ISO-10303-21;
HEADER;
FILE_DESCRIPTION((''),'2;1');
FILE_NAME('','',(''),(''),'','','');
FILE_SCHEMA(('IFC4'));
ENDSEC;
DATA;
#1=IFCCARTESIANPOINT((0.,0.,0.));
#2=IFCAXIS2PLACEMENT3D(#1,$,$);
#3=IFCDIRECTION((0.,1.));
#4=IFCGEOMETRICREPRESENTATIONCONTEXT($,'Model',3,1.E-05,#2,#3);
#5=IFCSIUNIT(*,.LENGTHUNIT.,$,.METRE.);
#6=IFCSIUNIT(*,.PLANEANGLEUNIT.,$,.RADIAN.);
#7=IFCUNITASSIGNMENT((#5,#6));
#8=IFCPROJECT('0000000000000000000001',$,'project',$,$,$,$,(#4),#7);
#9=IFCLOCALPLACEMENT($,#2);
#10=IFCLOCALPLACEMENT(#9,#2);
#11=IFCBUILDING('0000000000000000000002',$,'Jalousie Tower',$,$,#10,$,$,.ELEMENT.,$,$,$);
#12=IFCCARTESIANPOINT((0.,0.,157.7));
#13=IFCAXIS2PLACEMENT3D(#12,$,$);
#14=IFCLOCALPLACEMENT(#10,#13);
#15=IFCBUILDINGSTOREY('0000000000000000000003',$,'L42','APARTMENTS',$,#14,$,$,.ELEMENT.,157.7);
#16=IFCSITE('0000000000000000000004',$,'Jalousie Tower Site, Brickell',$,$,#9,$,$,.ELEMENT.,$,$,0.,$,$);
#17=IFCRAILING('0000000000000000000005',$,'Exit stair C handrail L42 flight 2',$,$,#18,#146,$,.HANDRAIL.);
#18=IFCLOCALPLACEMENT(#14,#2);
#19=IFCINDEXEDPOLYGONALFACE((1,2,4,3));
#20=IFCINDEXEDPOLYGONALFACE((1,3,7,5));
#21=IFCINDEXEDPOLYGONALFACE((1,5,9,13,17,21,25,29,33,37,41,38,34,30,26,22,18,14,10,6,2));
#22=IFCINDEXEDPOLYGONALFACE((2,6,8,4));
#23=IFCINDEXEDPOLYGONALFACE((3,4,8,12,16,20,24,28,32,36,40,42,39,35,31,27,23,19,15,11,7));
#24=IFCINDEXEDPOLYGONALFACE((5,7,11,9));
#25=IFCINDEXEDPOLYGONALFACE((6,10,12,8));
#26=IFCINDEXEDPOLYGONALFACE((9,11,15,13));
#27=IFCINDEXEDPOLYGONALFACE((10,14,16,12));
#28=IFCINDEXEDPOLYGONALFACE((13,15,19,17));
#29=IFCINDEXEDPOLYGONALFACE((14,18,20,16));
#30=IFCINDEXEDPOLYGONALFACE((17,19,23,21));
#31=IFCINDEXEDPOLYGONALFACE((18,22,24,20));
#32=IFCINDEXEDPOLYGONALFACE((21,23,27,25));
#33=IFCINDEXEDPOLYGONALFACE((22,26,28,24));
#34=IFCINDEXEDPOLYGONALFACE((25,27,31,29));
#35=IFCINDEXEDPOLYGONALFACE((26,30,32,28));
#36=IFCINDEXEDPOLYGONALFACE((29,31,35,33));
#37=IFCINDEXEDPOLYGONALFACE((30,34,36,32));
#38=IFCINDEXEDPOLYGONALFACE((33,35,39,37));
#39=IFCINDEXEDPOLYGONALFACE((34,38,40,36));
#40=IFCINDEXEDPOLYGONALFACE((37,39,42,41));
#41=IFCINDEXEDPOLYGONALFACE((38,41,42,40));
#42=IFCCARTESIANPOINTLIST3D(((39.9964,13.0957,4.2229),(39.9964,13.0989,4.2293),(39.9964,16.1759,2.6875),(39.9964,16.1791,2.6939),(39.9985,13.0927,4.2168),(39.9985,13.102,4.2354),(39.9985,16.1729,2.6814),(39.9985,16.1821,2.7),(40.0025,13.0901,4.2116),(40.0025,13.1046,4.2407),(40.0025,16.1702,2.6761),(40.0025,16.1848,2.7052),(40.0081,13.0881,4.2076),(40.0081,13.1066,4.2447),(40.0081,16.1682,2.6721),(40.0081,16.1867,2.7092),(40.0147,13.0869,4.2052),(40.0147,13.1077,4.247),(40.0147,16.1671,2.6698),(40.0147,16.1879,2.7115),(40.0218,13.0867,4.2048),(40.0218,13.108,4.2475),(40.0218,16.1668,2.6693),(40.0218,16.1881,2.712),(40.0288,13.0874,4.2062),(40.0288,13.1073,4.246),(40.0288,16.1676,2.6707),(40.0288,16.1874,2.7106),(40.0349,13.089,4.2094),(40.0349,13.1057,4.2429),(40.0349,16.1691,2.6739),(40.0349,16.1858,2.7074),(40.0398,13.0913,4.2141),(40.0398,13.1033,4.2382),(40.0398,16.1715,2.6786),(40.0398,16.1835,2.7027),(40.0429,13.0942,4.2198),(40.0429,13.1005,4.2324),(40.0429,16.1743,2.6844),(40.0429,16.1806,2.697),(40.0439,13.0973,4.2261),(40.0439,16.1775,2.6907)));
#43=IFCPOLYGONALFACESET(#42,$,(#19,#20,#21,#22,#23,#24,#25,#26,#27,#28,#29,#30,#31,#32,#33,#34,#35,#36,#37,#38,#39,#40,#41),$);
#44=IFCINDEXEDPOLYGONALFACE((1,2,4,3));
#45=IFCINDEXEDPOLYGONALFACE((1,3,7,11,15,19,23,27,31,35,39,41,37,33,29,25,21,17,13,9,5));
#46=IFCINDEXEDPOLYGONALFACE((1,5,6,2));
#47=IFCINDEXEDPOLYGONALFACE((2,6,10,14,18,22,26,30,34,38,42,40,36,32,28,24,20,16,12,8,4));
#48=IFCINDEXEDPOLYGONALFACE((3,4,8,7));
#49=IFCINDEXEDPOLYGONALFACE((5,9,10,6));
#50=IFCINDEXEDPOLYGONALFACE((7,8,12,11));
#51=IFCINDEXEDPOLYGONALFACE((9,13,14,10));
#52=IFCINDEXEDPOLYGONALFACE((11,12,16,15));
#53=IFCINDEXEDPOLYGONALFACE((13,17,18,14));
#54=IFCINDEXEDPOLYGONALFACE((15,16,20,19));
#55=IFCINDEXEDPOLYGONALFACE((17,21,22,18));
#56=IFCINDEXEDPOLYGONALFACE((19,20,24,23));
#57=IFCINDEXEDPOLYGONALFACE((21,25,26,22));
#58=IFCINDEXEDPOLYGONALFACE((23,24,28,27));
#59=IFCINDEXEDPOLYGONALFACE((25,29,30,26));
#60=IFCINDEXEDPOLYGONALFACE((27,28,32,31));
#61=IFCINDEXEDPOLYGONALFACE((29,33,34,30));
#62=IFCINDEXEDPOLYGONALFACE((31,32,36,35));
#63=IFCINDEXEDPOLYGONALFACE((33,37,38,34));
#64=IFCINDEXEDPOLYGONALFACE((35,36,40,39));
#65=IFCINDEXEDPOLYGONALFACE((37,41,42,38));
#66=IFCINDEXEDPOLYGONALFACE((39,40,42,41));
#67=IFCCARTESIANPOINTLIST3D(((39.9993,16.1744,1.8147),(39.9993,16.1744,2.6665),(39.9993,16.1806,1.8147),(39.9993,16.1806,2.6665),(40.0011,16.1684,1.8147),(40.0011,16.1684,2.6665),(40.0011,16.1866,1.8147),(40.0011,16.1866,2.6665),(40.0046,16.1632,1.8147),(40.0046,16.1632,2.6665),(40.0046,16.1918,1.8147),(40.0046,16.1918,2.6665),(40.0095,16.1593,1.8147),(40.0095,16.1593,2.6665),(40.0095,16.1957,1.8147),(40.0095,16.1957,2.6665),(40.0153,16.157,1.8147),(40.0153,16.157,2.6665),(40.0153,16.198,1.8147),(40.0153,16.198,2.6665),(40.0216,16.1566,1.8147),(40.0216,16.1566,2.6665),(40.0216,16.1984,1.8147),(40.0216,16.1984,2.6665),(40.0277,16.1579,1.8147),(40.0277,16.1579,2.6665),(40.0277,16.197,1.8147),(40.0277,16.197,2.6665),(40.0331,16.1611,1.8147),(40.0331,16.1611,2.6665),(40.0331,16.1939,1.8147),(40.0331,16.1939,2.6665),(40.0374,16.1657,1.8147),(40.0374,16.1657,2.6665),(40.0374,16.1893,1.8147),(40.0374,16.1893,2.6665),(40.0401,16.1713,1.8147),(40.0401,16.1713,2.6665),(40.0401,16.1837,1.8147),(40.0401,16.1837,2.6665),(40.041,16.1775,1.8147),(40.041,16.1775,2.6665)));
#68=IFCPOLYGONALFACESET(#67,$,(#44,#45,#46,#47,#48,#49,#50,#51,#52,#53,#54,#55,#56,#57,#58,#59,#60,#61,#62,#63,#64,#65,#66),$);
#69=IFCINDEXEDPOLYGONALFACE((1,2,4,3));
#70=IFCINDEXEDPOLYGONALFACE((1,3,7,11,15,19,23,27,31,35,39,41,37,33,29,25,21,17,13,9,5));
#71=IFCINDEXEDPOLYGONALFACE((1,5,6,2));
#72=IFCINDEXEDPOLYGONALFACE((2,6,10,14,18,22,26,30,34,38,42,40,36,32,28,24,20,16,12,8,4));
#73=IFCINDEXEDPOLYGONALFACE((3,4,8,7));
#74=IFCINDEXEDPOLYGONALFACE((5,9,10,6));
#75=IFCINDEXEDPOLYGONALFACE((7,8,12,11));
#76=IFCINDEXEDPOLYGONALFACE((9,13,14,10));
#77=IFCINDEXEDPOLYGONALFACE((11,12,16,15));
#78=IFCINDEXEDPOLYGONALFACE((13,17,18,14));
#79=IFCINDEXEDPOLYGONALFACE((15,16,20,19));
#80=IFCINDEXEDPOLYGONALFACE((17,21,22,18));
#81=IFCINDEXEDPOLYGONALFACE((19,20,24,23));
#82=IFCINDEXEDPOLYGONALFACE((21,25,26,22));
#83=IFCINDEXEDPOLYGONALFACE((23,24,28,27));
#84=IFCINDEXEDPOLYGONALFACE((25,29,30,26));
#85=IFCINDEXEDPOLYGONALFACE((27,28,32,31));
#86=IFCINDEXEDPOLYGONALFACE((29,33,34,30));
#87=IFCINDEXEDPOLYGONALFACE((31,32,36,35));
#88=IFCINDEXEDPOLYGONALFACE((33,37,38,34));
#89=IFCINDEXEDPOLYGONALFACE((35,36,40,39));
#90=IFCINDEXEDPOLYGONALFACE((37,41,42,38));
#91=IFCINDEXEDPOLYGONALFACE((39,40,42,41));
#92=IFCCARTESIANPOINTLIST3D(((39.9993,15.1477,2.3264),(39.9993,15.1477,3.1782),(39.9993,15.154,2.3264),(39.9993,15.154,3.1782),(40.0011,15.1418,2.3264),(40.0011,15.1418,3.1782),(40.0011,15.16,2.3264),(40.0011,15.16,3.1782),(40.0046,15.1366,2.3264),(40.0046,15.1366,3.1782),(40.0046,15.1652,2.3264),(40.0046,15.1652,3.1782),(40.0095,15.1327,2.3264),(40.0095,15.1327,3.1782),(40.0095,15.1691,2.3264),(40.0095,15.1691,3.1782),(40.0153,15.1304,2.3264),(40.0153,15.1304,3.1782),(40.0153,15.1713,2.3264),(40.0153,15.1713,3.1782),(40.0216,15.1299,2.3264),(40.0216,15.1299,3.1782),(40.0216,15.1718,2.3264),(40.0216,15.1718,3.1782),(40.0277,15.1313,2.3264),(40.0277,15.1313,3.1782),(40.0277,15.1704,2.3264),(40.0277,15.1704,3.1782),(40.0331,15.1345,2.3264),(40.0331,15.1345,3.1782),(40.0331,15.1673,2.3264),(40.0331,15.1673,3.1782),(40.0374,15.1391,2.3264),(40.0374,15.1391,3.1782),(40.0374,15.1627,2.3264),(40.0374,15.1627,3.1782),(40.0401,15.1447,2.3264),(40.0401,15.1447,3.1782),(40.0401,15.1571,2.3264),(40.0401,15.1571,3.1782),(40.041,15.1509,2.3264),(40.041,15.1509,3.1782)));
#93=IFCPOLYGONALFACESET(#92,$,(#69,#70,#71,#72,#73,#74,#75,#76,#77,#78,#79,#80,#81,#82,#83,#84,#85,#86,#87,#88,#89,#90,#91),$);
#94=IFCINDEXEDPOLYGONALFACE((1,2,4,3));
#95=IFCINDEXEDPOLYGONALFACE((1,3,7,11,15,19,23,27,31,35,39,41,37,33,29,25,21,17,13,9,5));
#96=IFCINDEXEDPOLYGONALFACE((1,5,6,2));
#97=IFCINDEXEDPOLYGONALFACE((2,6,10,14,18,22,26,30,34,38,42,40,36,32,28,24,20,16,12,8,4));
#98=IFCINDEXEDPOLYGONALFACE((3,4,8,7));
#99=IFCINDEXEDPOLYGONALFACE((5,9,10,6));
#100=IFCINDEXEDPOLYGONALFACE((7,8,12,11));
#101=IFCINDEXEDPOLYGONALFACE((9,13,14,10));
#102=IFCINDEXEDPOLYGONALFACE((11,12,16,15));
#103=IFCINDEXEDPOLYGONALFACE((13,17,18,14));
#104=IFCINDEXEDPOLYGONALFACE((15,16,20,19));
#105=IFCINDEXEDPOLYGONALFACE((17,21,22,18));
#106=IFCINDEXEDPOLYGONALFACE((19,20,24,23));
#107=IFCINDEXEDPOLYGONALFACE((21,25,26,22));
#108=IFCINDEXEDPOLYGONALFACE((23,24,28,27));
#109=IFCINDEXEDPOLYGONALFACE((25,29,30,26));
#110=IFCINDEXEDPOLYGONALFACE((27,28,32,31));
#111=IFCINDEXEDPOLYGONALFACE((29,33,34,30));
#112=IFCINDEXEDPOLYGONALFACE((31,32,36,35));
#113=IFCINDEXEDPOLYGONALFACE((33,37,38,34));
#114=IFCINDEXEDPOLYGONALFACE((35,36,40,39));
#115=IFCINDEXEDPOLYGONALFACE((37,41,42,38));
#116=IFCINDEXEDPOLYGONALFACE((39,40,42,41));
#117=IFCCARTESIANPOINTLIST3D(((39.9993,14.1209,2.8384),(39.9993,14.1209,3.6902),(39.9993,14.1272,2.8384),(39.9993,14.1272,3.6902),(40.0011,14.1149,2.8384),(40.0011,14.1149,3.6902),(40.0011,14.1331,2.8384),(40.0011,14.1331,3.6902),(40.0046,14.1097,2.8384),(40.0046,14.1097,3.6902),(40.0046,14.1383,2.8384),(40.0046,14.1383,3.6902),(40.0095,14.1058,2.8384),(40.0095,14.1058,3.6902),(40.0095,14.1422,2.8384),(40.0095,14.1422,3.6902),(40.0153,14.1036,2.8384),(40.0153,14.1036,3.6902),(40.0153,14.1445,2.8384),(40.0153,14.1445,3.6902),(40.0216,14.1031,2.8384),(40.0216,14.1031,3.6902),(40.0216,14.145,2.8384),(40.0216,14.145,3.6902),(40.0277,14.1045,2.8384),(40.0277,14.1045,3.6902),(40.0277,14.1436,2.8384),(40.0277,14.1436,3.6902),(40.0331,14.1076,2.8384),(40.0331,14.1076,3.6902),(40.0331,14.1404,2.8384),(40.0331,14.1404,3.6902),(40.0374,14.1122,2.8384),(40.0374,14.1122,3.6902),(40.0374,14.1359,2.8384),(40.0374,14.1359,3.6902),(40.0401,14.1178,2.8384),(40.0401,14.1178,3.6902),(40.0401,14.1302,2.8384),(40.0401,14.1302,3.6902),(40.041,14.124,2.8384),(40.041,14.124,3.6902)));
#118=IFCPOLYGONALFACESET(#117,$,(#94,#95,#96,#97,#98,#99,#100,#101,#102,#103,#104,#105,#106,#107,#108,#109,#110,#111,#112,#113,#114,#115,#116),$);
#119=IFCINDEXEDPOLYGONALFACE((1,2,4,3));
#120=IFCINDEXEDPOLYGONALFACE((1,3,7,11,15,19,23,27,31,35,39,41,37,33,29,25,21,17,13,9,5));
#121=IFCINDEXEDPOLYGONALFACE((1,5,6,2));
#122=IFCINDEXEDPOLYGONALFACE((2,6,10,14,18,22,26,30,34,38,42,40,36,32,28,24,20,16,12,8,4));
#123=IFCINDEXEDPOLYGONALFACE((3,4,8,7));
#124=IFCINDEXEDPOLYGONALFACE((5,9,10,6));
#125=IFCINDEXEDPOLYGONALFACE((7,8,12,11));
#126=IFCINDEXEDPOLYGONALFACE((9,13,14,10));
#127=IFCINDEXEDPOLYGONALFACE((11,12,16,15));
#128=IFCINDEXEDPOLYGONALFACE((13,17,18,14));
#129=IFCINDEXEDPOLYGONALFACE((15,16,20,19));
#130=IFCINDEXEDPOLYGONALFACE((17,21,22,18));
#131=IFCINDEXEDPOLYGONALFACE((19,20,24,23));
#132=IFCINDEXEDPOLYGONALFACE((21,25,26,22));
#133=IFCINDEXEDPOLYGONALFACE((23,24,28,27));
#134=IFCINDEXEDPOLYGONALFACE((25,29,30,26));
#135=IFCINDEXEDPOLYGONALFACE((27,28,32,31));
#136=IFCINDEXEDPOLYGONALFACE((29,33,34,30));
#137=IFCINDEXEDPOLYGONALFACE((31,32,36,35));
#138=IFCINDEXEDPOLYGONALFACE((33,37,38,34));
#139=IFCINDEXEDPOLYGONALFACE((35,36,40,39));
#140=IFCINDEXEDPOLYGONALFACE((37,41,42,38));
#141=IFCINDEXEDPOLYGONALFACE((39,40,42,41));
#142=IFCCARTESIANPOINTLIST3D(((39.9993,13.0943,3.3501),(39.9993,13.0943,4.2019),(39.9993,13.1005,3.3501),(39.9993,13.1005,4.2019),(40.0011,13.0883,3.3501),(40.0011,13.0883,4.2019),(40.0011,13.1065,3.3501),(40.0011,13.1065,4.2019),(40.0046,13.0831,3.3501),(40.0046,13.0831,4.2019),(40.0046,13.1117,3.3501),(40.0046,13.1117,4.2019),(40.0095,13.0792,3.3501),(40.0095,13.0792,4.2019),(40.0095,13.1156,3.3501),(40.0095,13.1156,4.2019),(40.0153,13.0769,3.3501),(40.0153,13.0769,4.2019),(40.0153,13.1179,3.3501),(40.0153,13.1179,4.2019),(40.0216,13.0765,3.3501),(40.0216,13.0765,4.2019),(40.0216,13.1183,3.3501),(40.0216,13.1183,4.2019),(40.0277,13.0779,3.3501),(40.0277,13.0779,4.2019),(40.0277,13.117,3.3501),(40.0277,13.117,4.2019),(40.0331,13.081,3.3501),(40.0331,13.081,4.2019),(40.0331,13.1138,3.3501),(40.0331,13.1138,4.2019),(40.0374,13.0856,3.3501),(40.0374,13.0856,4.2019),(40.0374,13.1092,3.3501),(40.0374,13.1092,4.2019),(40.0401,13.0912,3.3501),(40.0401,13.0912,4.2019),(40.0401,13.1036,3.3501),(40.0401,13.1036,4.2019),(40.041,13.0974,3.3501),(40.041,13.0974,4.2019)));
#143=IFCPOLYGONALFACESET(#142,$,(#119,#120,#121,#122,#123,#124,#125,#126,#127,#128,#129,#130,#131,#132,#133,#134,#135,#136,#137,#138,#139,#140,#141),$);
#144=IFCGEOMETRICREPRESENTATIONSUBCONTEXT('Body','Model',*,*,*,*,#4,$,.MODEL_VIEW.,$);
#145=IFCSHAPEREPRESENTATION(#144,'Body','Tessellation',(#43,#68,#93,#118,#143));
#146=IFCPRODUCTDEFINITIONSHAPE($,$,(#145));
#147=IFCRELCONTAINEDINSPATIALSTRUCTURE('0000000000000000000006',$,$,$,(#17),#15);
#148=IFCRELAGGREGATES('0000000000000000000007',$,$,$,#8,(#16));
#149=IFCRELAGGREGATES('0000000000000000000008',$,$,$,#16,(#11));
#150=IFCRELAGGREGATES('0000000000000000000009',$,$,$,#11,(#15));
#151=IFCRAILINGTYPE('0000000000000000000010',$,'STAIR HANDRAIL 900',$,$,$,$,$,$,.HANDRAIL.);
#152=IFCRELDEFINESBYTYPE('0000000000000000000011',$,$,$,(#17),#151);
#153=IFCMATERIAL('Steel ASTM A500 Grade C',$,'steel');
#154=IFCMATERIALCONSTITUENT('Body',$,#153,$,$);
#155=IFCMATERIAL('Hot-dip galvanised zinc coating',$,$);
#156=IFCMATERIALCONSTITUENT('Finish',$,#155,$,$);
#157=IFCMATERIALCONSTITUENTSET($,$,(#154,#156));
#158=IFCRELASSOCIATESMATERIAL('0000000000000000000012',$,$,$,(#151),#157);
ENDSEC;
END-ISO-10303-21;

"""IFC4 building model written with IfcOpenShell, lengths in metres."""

from ifc_helpers import new_model, si_unit, direction, frame, origin, origin_2d, place, context, subcontext, project, spatial, circle, extrude, material, constituent, constituent_set, type_object, element, save


model = new_model("IFC4")

# Units and contexts
model_context = context("Model", 3, precision=1e-05, world=origin(), true_north=direction((0.0, 1.0)))
body_context = subcontext(model_context, "Body", "Model", "MODEL_VIEW")
ifc_project = project(units=[si_unit("LENGTHUNIT", "METRE"), si_unit("PLANEANGLEUNIT", "RADIAN")], contexts=[model_context])

# Site, building, storey
site_placement = place(None, origin())
site = spatial("IfcSite", under=ifc_project, at=site_placement, Name="Jalousie Tower Site, Brickell", CompositionType="ELEMENT", RefElevation=0.0)
building_placement = place(site_placement, origin())
building = spatial("IfcBuilding", under=site, at=building_placement, Name="Jalousie Tower", CompositionType="ELEMENT")
storey_placement = place(building_placement, frame((0.0, 0.0, 157.7)))
storey = spatial("IfcBuildingStorey", under=building, at=storey_placement, Name="L42", Description="APARTMENTS", CompositionType="ELEMENT", Elevation=157.7)

# Railing
ifc_material_1 = material(Name="Steel ASTM A500 Grade C", Category="steel")
ifc_constituent_1 = constituent(ifc_material_1, Name="Body")
ifc_material_2 = material(Name="Hot-dip galvanised zinc coating")
ifc_constituent_2 = constituent(ifc_material_2, Name="Finish")
ifc_constituent_set_1 = constituent_set(constituents=[ifc_constituent_1, ifc_constituent_2])
railing_type_1 = type_object("IfcRailingType", Name="STAIR HANDRAIL 900", PredefinedType="HANDRAIL", material=ifc_constituent_set_1)
railing_1_placement = place(storey_placement, frame((40.02, 16.1775, 1.8147)))
element("IfcRailing", 1, at=railing_1_placement, inside=storey, type_object=railing_type_1, Name="Exit stair C handrail L42 flight 2", PredefinedType="HANDRAIL", context=body_context, shape_type="SweptSolid", body=[
    extrude(circle(Radius=0.0239, at=origin_2d()), frame((0.0, 0.0, 0.876), z_axis=(0.0, -0.894966, 0.446135), x_axis=(1.0, 0.0, 0.0)), (0.0, 0.0, 1.0), 3.4417),
    extrude(circle(Radius=0.021, at=origin_2d()), origin(), (0.0, 0.0, 1.0), 0.8518),
    extrude(circle(Radius=0.021, at=origin_2d()), frame((0.0, -1.0266, 0.5117)), (0.0, 0.0, 1.0), 0.8518),
    extrude(circle(Radius=0.021, at=origin_2d()), frame((0.0, -2.0535, 1.0237)), (0.0, 0.0, 1.0), 0.8518),
    extrude(circle(Radius=0.021, at=origin_2d()), frame((0.0, -3.0801, 1.5354)), (0.0, 0.0, 1.0), 0.8518),
])

save(model, "model.ifc")
